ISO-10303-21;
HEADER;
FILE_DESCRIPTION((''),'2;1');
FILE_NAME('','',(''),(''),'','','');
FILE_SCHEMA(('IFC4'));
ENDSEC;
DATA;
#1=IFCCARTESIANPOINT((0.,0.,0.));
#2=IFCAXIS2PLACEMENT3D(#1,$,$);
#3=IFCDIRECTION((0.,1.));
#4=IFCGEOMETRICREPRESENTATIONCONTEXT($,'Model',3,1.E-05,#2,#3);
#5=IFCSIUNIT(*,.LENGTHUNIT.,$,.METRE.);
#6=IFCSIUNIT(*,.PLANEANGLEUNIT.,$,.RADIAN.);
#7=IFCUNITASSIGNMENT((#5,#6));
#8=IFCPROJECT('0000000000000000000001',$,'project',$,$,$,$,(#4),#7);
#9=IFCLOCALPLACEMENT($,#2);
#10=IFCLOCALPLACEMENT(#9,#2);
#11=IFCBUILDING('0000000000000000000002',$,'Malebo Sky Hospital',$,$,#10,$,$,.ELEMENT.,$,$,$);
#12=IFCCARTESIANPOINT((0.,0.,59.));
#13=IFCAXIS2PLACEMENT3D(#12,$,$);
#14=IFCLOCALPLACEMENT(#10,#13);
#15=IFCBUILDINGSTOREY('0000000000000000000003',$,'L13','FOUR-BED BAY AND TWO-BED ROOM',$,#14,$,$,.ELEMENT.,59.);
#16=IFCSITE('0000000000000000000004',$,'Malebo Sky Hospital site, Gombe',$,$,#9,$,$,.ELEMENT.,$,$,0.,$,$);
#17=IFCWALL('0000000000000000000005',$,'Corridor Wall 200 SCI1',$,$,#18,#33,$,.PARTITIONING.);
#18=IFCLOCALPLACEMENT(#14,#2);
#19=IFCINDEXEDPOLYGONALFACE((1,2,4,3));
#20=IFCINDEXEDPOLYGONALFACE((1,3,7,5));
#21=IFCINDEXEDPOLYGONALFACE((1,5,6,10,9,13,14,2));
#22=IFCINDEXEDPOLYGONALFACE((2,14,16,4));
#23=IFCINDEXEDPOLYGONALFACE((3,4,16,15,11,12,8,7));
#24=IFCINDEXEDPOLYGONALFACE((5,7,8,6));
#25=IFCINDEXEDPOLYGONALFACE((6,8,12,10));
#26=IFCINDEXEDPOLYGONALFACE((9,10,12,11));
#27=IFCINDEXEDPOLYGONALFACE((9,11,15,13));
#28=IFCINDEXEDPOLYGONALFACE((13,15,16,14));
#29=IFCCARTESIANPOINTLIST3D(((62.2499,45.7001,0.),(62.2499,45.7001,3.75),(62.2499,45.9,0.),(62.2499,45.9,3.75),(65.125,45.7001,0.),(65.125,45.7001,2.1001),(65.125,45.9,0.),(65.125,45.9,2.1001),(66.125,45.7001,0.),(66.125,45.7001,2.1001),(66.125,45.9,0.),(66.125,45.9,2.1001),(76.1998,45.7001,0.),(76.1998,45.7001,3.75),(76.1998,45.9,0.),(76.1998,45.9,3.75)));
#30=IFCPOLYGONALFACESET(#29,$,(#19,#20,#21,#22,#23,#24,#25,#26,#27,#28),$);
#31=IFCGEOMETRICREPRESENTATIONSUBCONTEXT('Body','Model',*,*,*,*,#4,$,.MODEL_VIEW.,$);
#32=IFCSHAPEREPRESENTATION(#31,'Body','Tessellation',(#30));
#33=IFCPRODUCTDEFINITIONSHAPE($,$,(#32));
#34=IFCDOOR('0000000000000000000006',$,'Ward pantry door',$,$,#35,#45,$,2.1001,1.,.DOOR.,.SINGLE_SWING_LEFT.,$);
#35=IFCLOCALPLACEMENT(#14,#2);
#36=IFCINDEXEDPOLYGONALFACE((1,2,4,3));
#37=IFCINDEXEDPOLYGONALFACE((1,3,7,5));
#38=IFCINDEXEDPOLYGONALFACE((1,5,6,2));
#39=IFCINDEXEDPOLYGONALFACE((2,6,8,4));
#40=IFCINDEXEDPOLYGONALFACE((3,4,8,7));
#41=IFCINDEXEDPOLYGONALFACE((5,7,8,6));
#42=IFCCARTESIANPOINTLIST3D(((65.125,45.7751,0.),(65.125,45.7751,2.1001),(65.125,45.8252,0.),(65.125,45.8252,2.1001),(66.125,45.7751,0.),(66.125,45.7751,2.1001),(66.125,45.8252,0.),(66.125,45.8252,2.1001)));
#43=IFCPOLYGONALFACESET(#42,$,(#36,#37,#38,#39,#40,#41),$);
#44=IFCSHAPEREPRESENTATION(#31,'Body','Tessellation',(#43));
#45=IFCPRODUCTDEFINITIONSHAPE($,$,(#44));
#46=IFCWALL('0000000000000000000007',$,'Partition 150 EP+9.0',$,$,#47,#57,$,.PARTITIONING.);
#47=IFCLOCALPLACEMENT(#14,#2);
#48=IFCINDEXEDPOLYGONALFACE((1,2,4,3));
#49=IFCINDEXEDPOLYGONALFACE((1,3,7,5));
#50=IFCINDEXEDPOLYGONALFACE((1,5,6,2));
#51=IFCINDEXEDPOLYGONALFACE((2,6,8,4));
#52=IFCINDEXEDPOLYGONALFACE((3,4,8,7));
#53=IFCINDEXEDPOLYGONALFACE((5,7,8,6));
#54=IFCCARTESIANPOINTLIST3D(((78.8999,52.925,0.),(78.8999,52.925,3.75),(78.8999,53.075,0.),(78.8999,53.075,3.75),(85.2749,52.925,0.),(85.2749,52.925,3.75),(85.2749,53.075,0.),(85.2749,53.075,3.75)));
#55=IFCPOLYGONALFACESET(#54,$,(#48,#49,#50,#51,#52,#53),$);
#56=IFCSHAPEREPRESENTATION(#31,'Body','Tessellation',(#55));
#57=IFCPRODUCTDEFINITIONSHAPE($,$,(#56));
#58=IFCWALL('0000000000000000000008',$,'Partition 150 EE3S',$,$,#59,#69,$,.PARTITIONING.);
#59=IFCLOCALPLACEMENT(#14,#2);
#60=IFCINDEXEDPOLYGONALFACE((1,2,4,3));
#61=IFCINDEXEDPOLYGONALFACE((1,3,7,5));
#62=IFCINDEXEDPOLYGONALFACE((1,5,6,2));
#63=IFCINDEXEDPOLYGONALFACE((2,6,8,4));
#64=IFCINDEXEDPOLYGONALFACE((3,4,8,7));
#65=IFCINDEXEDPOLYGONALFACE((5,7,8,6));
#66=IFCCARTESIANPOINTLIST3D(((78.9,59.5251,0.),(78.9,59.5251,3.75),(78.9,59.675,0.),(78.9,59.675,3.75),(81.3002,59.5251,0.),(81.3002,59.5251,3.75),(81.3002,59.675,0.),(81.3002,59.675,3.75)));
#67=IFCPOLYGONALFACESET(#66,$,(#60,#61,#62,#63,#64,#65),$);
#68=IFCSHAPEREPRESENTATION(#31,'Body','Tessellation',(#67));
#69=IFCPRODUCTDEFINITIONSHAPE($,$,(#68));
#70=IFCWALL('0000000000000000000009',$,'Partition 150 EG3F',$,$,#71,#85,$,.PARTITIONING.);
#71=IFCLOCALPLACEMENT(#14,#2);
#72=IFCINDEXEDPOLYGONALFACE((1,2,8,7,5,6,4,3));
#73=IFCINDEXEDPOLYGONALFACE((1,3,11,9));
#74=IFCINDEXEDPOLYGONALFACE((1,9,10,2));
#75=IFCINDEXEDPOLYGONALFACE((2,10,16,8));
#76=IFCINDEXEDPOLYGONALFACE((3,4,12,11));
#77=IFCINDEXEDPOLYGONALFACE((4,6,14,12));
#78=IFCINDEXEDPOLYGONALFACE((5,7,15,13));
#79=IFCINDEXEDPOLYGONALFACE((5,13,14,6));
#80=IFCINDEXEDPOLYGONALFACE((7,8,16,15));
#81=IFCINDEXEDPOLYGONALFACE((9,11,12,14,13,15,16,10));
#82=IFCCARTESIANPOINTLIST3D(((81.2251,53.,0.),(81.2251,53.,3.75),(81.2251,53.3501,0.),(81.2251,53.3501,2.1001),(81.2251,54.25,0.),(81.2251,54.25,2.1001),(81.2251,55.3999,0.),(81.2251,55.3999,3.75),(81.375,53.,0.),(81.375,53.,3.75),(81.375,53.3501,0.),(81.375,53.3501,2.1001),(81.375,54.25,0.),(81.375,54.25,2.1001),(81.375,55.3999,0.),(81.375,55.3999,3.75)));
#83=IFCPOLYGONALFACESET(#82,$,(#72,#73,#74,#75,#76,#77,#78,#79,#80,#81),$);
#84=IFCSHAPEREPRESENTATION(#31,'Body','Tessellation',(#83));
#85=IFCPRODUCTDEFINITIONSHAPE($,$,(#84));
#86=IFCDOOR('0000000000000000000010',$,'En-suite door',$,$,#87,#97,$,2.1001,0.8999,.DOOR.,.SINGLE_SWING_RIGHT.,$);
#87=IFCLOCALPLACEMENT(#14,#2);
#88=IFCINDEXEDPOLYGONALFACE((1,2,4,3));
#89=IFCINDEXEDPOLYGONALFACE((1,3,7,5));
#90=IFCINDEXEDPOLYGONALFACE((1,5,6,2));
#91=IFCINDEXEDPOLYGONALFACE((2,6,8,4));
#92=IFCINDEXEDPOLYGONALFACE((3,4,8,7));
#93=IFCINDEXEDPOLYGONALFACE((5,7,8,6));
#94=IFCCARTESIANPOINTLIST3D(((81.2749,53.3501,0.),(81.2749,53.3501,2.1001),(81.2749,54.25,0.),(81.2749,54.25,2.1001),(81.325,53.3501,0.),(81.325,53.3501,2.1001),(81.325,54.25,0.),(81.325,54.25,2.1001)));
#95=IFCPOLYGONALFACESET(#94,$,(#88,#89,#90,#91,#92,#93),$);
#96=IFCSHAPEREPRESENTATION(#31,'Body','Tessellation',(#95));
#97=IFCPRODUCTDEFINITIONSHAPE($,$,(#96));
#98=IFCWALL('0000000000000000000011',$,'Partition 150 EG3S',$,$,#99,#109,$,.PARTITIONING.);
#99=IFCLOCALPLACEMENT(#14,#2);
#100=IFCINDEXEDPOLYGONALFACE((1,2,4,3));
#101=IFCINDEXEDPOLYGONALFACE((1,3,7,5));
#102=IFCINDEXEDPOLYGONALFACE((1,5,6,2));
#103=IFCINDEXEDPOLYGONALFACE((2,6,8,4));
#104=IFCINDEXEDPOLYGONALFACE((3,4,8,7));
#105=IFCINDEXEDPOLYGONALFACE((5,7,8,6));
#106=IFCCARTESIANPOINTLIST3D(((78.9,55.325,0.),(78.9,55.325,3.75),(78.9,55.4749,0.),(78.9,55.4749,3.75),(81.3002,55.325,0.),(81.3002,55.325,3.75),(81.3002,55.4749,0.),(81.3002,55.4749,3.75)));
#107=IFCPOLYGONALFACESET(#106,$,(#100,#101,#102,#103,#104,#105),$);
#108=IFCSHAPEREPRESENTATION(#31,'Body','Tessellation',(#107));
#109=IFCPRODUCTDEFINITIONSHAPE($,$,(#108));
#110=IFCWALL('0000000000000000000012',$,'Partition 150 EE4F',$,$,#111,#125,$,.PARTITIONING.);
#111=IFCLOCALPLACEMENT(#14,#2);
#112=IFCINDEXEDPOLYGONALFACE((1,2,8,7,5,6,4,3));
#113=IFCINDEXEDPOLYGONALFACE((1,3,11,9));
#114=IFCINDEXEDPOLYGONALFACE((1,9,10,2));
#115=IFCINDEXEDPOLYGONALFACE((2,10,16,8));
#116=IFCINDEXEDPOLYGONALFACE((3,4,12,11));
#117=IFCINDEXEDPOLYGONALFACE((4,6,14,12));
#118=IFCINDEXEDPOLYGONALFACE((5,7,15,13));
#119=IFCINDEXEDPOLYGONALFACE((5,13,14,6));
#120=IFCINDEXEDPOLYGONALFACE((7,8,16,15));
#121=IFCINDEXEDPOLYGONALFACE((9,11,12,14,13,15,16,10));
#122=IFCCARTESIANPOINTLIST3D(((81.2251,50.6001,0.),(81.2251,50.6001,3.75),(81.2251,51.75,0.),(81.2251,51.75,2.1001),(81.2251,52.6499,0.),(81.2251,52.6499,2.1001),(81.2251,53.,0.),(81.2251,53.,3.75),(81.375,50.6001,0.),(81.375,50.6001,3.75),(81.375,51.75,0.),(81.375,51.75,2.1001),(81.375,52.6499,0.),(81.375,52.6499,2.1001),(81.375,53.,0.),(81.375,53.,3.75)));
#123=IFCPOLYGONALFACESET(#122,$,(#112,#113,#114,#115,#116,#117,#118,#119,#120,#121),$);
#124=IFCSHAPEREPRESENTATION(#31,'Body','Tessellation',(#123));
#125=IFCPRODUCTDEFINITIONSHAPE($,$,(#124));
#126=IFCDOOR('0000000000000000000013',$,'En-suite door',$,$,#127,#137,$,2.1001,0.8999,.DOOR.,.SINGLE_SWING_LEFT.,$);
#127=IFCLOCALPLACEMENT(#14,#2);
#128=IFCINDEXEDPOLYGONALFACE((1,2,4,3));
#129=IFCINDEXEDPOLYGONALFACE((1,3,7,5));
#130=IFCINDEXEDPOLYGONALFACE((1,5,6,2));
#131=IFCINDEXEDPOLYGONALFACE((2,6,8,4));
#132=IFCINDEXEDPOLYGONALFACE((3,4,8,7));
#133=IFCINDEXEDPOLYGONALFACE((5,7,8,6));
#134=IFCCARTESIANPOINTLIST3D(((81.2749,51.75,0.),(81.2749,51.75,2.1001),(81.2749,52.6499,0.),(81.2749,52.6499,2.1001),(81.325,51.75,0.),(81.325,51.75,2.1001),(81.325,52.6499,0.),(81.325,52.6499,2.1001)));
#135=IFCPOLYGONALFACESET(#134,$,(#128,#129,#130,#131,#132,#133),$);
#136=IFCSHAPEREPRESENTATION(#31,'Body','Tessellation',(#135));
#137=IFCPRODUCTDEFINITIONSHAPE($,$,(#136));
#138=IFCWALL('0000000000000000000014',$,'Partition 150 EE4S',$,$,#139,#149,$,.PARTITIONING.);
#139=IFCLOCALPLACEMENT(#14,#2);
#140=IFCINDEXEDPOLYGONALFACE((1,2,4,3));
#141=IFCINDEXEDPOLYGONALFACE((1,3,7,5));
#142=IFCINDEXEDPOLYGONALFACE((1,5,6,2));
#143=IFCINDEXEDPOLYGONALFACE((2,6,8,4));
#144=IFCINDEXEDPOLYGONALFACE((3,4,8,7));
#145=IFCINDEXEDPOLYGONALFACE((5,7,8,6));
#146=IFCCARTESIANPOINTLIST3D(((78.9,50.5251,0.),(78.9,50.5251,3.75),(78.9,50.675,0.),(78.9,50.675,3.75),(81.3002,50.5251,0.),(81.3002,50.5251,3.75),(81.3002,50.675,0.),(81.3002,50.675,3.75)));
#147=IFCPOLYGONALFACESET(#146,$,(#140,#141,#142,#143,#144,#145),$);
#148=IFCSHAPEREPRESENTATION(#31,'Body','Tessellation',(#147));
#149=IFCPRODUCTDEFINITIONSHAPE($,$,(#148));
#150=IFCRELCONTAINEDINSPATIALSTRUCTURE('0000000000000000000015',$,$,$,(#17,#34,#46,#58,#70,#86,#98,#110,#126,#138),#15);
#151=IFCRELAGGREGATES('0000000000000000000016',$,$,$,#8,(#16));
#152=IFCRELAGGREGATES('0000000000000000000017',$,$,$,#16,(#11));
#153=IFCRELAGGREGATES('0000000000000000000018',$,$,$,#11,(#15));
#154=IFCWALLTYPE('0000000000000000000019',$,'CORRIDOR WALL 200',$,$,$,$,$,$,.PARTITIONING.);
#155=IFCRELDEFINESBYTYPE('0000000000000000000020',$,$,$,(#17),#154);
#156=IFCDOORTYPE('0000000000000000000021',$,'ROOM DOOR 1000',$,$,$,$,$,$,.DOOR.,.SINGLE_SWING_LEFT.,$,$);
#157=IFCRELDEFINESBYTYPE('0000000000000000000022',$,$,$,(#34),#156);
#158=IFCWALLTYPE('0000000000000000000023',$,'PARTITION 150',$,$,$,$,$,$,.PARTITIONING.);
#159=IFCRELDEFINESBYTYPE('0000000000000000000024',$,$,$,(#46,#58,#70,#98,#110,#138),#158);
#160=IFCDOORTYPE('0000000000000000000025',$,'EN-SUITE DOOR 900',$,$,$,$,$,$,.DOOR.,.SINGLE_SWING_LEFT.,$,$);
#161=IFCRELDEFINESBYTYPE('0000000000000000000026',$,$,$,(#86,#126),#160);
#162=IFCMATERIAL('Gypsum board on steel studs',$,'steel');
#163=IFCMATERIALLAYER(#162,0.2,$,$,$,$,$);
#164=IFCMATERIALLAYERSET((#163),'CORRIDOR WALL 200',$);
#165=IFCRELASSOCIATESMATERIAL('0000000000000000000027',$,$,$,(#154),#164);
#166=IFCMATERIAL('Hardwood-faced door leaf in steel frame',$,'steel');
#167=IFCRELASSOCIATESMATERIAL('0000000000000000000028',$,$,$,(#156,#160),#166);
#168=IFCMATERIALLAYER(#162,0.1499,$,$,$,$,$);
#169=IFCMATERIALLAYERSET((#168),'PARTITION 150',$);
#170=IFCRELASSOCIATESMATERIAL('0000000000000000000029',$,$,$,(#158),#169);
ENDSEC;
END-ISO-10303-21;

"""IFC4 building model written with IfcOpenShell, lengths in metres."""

from ifc_helpers import new_model, si_unit, direction, frame, frame_2d, origin, place, context, subcontext, project, spatial, rectangle, extrude, material, layer, layer_set, type_object, element, fill, save


model = new_model("IFC4")

# Units and contexts
model_context = context("Model", 3, precision=1e-05, world=origin(), true_north=direction((0.0, 1.0)))
body_context = subcontext(model_context, "Body", "Model", "MODEL_VIEW")
ifc_project = project(units=[si_unit("LENGTHUNIT", "METRE"), si_unit("PLANEANGLEUNIT", "RADIAN")], contexts=[model_context])

# Site, building, storey
site_placement = place(None, origin())
site = spatial("IfcSite", under=ifc_project, at=site_placement, Name="Malebo Sky Hospital site, Gombe", CompositionType="ELEMENT", RefElevation=0.0)
building_placement = place(site_placement, origin())
building = spatial("IfcBuilding", under=site, at=building_placement, Name="Malebo Sky Hospital", CompositionType="ELEMENT")
storey_placement = place(building_placement, frame((0.0, 0.0, 59.0)))
storey = spatial("IfcBuildingStorey", under=building, at=storey_placement, Name="L13", Description="FOUR-BED BAY AND TWO-BED ROOM", CompositionType="ELEMENT", Elevation=59.0)

# Wall, opening, door
ifc_material_1 = material(Name="Gypsum board on steel studs", Category="steel")
ifc_layer_1 = layer(ifc_material_1, 0.2)
ifc_layer_set_1 = layer_set([ifc_layer_1], Name="CORRIDOR WALL 200")
wall_type_1 = type_object("IfcWallType", Name="CORRIDOR WALL 200", PredefinedType="PARTITIONING", material=ifc_layer_set_1)
wall_1_placement = place(storey_placement, frame((76.2, 45.8, 0.0), z_axis=(0.0, 0.0, 1.0), x_axis=(-1.0, 0.0, 0.0)))
wall_1 = element("IfcWall", 1, at=wall_1_placement, inside=storey, type_object=wall_type_1, Name="Corridor Wall 200 SCI1", PredefinedType="PARTITIONING", context=body_context, shape_type="SweptSolid", body=[
    extrude(rectangle(XDim=13.95, YDim=0.2, at=frame_2d((6.9751, 0.0))), origin(), (0.0, 0.0, 1.0), 3.75),
])
opening_1_placement = place(wall_1_placement, frame((10.075, 0.0, 0.0)))
opening_1 = element("IfcOpeningElement", 2, at=opening_1_placement, cuts=wall_1, PredefinedType="OPENING", context=body_context, shape_type="SweptSolid", body=[
    extrude(rectangle(XDim=1.0, YDim=2.1001, at=frame_2d((0.5, 1.05))), frame((0.0, 0.1099, 0.0), z_axis=(0.0, -1.0, 0.0), x_axis=(1.0, 0.0, 0.0)), (0.0, 0.0, 1.0), 0.22),
])
ifc_material_2 = material(Name="Hardwood-faced door leaf in steel frame", Category="steel")
door_type_1 = type_object("IfcDoorType", Name="ROOM DOOR 1000", OperationType="SINGLE_SWING_LEFT", PredefinedType="DOOR", material=ifc_material_2)
door_1_placement = place(opening_1_placement, origin())
door_1 = element("IfcDoor", 3, at=door_1_placement, inside=storey, type_object=door_type_1, Name="Ward pantry door", OperationType="SINGLE_SWING_LEFT", OverallHeight=2.1001, OverallWidth=1.0, PredefinedType="DOOR", context=body_context, shape_type="SweptSolid", body=[
    extrude(rectangle(XDim=1.0, YDim=2.1001, at=frame_2d((0.5, 1.05))), frame((0.0, 0.0249, 0.0), z_axis=(0.0, -1.0, 0.0), x_axis=(1.0, 0.0, 0.0)), (0.0, 0.0, 1.0), 0.05),
])
fill(opening_1, door_1)

# Walls
ifc_layer_2 = layer(ifc_material_1, 0.1499)
ifc_layer_set_2 = layer_set([ifc_layer_2], Name="PARTITION 150")
wall_type_2 = type_object("IfcWallType", Name="PARTITION 150", PredefinedType="PARTITIONING", material=ifc_layer_set_2)
wall_2_placement = place(storey_placement, frame((78.8999, 53.0, 0.0), z_axis=(0.0, 0.0, 1.0), x_axis=(1.0, 0.0, 0.0)))
element("IfcWall", 4, at=wall_2_placement, inside=storey, type_object=wall_type_2, Name="Partition 150 EP+9.0", PredefinedType="PARTITIONING", context=body_context, shape_type="SweptSolid", body=[
    extrude(rectangle(XDim=6.375, YDim=0.1499, at=frame_2d((3.1875, 0.0))), origin(), (0.0, 0.0, 1.0), 3.75),
])
wall_3_placement = place(storey_placement, frame((78.8999, 59.6001, 0.0), z_axis=(0.0, 0.0, 1.0), x_axis=(1.0, 0.0, 0.0)))
element("IfcWall", 5, at=wall_3_placement, inside=storey, type_object=wall_type_2, Name="Partition 150 EE3S", PredefinedType="PARTITIONING", context=body_context, shape_type="SweptSolid", body=[
    extrude(rectangle(XDim=2.4001, YDim=0.1499, at=frame_2d((1.2002, 0.0))), origin(), (0.0, 0.0, 1.0), 3.75),
])

# Wall, opening, door
wall_4_placement = place(storey_placement, frame((81.3, 55.3999, 0.0), z_axis=(0.0, 0.0, 1.0), x_axis=(0.0, -1.0, 0.0)))
wall_4 = element("IfcWall", 6, at=wall_4_placement, inside=storey, type_object=wall_type_2, Name="Partition 150 EG3F", PredefinedType="PARTITIONING", context=body_context, shape_type="SweptSolid", body=[
    extrude(rectangle(XDim=2.3999, YDim=0.1499, at=frame_2d((1.2, 0.0))), origin(), (0.0, 0.0, 1.0), 3.75),
])
opening_2_placement = place(wall_4_placement, frame((1.1499, 0.0, 0.0)))
opening_2 = element("IfcOpeningElement", 7, at=opening_2_placement, cuts=wall_4, PredefinedType="OPENING", context=body_context, shape_type="SweptSolid", body=[
    extrude(rectangle(XDim=0.8999, YDim=2.1001, at=frame_2d((0.45, 1.05))), frame((0.0, 0.085, 0.0), z_axis=(0.0, -1.0, 0.0), x_axis=(1.0, 0.0, 0.0)), (0.0, 0.0, 1.0), 0.1699),
])
door_type_2 = type_object("IfcDoorType", Name="EN-SUITE DOOR 900", OperationType="SINGLE_SWING_LEFT", PredefinedType="DOOR", material=ifc_material_2)
door_2_placement = place(opening_2_placement, origin())
door_2 = element("IfcDoor", 8, at=door_2_placement, inside=storey, type_object=door_type_2, Name="En-suite door", OperationType="SINGLE_SWING_RIGHT", OverallHeight=2.1001, OverallWidth=0.8999, PredefinedType="DOOR", context=body_context, shape_type="SweptSolid", body=[
    extrude(rectangle(XDim=0.8999, YDim=2.1001, at=frame_2d((0.45, 1.05))), frame((0.0, 0.0249, 0.0), z_axis=(0.0, -1.0, 0.0), x_axis=(1.0, 0.0, 0.0)), (0.0, 0.0, 1.0), 0.05),
])
fill(opening_2, door_2)

# Wall
wall_5_placement = place(storey_placement, frame((78.8999, 55.3999, 0.0), z_axis=(0.0, 0.0, 1.0), x_axis=(1.0, 0.0, 0.0)))
element("IfcWall", 9, at=wall_5_placement, inside=storey, type_object=wall_type_2, Name="Partition 150 EG3S", PredefinedType="PARTITIONING", context=body_context, shape_type="SweptSolid", body=[
    extrude(rectangle(XDim=2.4001, YDim=0.1499, at=frame_2d((1.2002, 0.0))), origin(), (0.0, 0.0, 1.0), 3.75),
])

# Wall, opening, door
wall_6_placement = place(storey_placement, frame((81.3, 53.0, 0.0), z_axis=(0.0, 0.0, 1.0), x_axis=(0.0, -1.0, 0.0)))
wall_6 = element("IfcWall", 10, at=wall_6_placement, inside=storey, type_object=wall_type_2, Name="Partition 150 EE4F", PredefinedType="PARTITIONING", context=body_context, shape_type="SweptSolid", body=[
    extrude(rectangle(XDim=2.3999, YDim=0.1499, at=frame_2d((1.2, 0.0))), origin(), (0.0, 0.0, 1.0), 3.75),
])
opening_3_placement = place(wall_6_placement, frame((0.3501, 0.0, 0.0)))
opening_3 = element("IfcOpeningElement", 11, at=opening_3_placement, cuts=wall_6, PredefinedType="OPENING", context=body_context, shape_type="SweptSolid", body=[
    extrude(rectangle(XDim=0.8999, YDim=2.1001, at=frame_2d((0.45, 1.05))), frame((0.0, 0.085, 0.0), z_axis=(0.0, -1.0, 0.0), x_axis=(1.0, 0.0, 0.0)), (0.0, 0.0, 1.0), 0.1699),
])
door_3_placement = place(opening_3_placement, origin())
door_3 = element("IfcDoor", 12, at=door_3_placement, inside=storey, type_object=door_type_2, Name="En-suite door", OperationType="SINGLE_SWING_LEFT", OverallHeight=2.1001, OverallWidth=0.8999, PredefinedType="DOOR", context=body_context, shape_type="SweptSolid", body=[
    extrude(rectangle(XDim=0.8999, YDim=2.1001, at=frame_2d((0.45, 1.05))), frame((0.0, 0.0249, 0.0), z_axis=(0.0, -1.0, 0.0), x_axis=(1.0, 0.0, 0.0)), (0.0, 0.0, 1.0), 0.05),
])
fill(opening_3, door_3)

# Wall
wall_7_placement = place(storey_placement, frame((78.8999, 50.6001, 0.0), z_axis=(0.0, 0.0, 1.0), x_axis=(1.0, 0.0, 0.0)))
element("IfcWall", 13, at=wall_7_placement, inside=storey, type_object=wall_type_2, Name="Partition 150 EE4S", PredefinedType="PARTITIONING", context=body_context, shape_type="SweptSolid", body=[
    extrude(rectangle(XDim=2.4001, YDim=0.1499, at=frame_2d((1.2002, 0.0))), origin(), (0.0, 0.0, 1.0), 3.75),
])

save(model, "model.ifc")
